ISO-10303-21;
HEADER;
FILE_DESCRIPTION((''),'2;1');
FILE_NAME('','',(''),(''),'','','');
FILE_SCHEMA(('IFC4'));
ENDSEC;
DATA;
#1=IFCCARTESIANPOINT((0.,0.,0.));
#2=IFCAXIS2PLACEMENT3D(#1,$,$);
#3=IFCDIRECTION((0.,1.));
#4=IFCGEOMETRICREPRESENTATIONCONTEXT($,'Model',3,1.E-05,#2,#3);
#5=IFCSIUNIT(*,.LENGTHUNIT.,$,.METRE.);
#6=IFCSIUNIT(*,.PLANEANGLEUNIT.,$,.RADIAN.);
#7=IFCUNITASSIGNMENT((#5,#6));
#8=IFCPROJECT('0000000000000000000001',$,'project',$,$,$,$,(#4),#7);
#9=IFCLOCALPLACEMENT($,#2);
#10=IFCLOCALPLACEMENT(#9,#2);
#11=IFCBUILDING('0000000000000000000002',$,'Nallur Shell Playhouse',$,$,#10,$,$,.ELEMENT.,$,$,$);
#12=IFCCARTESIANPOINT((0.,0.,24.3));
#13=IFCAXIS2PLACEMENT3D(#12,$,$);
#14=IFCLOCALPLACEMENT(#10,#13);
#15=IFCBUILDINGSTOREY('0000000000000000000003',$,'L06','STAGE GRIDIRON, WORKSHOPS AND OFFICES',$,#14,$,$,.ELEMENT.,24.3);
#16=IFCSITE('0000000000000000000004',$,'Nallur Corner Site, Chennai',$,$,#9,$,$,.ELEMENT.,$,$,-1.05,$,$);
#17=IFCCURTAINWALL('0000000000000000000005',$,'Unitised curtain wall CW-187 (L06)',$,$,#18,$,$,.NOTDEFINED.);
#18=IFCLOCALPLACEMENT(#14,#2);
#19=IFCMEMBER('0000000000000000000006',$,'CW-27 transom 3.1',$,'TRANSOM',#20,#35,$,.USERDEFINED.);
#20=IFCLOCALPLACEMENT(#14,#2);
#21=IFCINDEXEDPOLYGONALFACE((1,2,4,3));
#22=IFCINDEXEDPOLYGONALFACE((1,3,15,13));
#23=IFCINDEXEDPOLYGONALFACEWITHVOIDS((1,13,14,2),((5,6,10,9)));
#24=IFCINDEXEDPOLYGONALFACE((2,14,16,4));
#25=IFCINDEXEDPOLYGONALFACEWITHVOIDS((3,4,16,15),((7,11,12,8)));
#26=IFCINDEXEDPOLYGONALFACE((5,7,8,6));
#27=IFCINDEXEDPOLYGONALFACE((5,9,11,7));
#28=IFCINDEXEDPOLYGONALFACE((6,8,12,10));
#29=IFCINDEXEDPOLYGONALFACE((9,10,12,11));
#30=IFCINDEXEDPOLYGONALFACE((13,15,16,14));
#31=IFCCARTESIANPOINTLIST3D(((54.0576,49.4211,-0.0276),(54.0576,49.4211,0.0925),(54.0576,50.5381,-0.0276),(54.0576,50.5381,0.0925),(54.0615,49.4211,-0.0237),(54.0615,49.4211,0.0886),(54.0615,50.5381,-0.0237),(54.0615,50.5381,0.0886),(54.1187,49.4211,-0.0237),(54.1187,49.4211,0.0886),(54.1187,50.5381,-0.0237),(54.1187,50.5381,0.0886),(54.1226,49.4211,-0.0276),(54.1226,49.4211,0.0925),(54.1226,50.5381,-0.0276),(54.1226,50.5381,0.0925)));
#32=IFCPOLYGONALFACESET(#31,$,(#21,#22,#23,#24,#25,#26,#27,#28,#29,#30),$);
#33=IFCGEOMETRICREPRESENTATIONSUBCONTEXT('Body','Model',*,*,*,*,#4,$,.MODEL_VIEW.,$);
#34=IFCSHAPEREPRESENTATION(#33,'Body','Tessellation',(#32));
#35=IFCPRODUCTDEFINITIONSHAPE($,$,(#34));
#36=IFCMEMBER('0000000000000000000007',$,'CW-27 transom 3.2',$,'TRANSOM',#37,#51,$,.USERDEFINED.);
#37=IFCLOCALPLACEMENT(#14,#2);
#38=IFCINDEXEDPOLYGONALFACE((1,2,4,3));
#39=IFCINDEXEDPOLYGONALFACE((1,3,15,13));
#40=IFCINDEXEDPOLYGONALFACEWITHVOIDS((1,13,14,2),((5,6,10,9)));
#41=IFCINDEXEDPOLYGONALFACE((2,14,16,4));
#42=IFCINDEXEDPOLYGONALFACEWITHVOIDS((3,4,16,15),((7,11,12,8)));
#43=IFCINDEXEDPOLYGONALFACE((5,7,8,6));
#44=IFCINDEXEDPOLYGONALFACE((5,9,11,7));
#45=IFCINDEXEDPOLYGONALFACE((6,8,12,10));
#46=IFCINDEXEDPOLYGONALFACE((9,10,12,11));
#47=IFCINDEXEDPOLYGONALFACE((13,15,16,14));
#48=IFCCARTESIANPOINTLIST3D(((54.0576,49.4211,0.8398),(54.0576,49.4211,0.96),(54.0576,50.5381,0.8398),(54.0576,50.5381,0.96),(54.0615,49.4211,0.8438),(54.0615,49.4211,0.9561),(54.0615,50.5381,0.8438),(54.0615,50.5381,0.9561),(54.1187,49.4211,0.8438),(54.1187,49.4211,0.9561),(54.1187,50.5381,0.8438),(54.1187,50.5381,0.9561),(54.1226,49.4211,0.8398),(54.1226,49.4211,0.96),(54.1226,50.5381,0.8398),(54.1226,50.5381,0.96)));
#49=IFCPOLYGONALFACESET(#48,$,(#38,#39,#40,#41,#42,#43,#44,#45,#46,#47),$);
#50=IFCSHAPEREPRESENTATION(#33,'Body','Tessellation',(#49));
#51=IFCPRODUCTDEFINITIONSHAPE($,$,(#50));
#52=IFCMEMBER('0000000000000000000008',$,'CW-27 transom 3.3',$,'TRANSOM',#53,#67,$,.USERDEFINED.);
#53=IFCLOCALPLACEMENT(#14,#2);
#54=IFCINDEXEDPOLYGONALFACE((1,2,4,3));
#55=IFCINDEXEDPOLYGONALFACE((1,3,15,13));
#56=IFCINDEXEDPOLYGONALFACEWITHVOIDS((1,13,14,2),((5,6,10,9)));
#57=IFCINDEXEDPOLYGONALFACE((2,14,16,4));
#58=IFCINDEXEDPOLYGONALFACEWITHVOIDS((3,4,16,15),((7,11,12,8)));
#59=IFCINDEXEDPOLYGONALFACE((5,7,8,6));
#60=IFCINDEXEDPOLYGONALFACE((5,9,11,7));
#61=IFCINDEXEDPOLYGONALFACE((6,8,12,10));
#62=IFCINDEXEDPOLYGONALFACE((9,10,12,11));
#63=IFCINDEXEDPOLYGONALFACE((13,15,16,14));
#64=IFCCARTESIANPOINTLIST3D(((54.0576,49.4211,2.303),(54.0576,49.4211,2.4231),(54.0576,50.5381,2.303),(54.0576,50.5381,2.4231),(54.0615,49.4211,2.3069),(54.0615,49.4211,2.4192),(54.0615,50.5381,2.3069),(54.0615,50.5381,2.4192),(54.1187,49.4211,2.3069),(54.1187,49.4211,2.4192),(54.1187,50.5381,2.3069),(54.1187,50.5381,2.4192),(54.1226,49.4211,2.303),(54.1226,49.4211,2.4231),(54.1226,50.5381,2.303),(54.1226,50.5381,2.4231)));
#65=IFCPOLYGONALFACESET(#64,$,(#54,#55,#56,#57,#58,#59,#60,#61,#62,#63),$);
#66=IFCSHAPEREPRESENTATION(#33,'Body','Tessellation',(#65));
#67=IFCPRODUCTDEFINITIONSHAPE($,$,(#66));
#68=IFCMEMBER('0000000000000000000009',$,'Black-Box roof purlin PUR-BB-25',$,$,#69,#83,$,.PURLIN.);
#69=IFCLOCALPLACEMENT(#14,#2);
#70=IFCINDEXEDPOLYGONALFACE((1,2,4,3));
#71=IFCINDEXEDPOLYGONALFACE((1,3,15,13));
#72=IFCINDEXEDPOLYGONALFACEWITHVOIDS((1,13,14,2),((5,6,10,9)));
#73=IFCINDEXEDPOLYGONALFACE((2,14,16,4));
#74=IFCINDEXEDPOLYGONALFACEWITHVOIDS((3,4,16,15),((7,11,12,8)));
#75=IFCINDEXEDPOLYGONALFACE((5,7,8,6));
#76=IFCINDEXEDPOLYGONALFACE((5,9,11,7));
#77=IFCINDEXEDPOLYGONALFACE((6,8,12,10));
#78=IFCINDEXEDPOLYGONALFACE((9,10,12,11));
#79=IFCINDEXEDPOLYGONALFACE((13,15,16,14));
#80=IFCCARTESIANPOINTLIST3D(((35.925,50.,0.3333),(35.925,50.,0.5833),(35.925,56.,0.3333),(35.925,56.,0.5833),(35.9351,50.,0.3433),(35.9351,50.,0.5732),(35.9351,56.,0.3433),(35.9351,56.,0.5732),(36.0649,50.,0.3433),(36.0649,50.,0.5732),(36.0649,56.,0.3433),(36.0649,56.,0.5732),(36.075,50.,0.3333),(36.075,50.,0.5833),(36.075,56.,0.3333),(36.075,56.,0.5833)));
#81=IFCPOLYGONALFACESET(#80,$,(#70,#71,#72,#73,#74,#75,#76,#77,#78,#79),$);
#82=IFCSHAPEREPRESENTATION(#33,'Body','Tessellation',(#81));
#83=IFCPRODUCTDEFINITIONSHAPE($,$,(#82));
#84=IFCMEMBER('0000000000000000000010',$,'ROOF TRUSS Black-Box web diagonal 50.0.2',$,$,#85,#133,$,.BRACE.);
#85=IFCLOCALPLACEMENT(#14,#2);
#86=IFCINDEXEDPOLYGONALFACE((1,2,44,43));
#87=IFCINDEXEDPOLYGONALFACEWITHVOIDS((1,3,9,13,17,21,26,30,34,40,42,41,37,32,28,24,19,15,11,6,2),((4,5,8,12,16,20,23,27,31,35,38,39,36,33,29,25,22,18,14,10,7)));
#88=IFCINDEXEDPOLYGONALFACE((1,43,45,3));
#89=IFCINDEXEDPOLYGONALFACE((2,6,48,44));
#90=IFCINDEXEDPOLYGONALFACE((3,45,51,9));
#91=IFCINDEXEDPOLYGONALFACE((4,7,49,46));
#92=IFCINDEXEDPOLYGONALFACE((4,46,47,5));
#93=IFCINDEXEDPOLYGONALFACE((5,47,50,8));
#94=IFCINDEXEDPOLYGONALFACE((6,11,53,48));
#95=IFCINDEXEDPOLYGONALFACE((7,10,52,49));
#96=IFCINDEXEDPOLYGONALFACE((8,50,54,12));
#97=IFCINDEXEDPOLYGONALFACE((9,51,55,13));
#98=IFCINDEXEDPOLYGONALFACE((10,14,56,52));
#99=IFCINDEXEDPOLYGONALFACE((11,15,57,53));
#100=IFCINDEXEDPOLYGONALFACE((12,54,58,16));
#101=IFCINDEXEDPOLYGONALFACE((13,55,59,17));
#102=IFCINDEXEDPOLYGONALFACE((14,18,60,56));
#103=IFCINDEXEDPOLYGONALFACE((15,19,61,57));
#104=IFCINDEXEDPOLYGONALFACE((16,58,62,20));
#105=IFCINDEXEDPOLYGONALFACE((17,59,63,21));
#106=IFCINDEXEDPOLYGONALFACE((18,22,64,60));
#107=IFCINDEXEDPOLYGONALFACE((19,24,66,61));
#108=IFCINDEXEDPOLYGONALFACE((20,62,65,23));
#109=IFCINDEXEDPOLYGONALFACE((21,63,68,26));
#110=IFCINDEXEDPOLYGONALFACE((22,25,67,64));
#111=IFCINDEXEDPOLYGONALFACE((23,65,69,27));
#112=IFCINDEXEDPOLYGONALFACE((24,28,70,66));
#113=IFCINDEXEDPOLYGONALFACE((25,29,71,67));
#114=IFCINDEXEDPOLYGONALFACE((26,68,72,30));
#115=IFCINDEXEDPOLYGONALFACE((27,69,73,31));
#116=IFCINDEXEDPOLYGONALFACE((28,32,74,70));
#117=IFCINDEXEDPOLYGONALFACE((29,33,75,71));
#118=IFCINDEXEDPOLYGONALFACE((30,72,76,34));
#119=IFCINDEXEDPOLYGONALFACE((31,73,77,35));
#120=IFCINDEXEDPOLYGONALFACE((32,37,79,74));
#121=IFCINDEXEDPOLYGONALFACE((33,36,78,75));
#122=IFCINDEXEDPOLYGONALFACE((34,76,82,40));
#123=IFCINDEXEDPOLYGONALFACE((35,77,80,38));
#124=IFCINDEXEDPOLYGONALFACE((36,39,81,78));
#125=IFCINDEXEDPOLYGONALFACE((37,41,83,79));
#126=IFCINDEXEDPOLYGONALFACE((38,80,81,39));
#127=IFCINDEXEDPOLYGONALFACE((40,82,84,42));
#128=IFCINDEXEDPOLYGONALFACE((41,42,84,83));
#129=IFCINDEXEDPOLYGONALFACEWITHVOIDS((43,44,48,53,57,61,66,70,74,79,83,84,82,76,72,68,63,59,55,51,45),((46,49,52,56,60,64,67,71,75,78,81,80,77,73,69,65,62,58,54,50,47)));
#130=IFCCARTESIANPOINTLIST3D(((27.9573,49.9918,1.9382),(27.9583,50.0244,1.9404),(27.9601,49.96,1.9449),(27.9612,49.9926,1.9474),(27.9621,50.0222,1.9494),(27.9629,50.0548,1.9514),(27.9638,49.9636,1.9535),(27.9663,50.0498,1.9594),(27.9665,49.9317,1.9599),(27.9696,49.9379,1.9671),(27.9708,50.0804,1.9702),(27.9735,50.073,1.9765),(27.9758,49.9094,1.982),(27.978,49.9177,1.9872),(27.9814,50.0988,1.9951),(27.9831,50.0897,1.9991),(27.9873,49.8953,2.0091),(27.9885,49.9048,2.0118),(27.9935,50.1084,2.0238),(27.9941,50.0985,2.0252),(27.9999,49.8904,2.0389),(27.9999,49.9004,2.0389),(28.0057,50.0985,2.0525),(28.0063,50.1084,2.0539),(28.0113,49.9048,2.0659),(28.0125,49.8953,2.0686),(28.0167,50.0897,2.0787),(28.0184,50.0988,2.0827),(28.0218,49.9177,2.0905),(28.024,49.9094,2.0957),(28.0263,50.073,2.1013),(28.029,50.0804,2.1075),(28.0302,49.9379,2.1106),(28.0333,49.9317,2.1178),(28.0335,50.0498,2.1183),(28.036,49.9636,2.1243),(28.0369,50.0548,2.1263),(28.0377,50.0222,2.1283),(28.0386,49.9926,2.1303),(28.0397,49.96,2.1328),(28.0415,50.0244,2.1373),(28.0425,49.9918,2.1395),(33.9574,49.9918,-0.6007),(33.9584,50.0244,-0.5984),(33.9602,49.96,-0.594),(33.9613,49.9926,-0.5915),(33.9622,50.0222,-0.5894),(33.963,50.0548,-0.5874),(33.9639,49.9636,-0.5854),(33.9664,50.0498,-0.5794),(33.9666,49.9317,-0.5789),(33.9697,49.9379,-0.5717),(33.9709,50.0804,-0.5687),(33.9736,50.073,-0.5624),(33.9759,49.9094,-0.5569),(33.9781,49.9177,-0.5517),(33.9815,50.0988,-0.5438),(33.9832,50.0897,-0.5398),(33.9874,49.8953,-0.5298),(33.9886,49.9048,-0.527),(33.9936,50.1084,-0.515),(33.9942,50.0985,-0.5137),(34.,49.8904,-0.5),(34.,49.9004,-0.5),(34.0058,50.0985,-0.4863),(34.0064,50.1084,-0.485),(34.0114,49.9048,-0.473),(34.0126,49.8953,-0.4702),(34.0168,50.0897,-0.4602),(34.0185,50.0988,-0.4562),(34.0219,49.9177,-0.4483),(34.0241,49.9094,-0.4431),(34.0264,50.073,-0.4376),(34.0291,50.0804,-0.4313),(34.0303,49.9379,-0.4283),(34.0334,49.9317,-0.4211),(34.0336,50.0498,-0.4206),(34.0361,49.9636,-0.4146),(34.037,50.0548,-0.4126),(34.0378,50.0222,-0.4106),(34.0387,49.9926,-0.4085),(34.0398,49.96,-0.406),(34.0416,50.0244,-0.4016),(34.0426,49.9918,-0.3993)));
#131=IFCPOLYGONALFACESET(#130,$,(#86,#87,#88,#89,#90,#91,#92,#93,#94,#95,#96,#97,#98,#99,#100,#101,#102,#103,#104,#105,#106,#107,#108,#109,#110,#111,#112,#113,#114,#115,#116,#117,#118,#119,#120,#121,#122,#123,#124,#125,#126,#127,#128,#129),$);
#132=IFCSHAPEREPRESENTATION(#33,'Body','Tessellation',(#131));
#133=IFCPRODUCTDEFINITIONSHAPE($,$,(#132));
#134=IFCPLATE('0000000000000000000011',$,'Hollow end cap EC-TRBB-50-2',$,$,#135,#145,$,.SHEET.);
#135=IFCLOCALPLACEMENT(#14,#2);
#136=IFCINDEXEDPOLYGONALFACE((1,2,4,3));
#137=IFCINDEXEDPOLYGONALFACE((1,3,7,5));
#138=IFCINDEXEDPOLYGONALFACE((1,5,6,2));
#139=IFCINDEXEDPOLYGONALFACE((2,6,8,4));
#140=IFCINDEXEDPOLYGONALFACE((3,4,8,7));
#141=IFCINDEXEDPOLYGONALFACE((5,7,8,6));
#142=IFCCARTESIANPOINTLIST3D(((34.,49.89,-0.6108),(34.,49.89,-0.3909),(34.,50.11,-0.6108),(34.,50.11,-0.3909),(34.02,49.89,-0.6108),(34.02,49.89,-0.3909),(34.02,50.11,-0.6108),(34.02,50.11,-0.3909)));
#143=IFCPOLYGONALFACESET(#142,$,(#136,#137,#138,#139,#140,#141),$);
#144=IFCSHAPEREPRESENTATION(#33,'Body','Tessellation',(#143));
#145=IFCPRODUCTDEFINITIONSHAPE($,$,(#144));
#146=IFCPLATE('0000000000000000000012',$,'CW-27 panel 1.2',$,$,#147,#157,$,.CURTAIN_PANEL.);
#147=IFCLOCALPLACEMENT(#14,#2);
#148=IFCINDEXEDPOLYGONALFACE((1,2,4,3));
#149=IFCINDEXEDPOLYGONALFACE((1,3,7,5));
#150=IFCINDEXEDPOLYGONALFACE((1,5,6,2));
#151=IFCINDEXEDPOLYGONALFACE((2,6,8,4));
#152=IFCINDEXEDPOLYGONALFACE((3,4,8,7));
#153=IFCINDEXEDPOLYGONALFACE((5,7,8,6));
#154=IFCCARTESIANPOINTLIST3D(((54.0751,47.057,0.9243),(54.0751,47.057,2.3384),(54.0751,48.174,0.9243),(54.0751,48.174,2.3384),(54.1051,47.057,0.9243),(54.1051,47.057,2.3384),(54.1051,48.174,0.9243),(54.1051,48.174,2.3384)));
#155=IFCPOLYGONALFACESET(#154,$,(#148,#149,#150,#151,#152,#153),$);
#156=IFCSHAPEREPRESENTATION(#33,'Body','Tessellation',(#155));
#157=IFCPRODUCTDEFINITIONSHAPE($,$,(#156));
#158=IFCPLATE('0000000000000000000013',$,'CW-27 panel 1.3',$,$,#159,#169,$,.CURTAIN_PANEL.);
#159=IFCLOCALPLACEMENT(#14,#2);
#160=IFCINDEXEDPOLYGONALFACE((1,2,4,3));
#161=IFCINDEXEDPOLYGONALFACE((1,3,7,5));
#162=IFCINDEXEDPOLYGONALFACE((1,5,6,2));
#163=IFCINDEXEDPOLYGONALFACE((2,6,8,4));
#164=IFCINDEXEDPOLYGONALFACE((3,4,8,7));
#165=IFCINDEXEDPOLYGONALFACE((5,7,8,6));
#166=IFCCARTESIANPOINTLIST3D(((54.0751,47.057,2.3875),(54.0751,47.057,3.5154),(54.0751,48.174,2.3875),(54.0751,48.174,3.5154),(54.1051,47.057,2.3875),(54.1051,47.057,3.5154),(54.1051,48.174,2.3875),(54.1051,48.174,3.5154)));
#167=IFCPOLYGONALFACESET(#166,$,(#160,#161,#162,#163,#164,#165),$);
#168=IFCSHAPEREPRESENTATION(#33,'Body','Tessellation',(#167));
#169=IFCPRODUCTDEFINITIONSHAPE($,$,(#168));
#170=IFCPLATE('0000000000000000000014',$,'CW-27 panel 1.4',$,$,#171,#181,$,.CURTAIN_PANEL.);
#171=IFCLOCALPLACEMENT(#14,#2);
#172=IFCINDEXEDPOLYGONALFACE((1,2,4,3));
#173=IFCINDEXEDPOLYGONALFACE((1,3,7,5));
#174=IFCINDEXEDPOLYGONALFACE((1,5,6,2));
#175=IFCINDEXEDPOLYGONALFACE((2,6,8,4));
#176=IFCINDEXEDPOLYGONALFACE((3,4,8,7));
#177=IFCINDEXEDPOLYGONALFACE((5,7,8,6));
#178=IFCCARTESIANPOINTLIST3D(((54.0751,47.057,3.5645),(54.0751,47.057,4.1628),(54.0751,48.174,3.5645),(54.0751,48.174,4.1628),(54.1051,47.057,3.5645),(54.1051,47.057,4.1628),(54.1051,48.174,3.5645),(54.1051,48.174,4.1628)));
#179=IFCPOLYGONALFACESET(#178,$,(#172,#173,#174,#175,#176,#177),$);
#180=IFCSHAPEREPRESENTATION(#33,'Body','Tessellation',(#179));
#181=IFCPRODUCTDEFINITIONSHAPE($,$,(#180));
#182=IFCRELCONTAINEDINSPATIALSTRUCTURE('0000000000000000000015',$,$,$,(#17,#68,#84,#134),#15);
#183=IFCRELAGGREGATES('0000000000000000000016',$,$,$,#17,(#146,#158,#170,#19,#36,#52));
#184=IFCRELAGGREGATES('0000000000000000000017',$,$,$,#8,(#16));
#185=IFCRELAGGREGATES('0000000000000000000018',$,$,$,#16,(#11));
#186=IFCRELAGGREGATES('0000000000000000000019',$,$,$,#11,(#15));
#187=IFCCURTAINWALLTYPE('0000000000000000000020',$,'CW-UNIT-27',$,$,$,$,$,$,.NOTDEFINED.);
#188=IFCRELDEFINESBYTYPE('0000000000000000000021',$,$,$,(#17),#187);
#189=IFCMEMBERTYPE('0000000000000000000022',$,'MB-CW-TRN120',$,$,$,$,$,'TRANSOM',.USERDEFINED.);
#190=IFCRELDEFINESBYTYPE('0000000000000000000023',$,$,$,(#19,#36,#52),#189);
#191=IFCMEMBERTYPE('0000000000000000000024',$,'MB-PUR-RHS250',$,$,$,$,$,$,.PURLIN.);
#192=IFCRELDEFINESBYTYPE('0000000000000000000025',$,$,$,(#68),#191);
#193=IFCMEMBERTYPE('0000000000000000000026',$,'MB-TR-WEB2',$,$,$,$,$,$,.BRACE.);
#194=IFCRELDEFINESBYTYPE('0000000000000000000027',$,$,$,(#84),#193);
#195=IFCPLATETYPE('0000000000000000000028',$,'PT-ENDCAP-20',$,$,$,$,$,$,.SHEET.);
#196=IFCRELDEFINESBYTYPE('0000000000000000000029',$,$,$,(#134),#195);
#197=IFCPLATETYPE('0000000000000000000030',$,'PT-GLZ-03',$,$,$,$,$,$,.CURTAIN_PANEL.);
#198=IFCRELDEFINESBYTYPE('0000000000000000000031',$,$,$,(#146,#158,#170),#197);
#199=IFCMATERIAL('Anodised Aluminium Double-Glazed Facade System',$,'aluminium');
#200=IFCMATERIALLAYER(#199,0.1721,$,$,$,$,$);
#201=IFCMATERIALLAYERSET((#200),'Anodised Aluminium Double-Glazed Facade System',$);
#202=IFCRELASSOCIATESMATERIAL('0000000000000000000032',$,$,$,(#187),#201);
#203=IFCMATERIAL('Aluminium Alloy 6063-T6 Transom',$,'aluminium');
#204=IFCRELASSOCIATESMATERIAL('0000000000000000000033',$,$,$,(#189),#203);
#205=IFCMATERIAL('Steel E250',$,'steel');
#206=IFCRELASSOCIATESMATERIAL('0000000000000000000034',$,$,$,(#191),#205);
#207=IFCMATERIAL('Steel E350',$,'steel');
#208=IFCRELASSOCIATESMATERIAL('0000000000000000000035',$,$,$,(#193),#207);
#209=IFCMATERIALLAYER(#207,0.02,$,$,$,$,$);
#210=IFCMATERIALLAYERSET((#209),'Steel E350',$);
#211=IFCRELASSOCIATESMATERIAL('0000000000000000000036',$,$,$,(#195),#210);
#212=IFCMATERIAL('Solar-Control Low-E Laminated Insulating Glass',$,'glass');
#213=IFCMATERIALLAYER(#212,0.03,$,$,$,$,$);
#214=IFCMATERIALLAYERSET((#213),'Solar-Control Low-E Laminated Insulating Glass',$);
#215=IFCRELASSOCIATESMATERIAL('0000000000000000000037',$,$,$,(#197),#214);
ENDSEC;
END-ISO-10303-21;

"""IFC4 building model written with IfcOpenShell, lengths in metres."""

from ifc_helpers import new_model, si_unit, direction, frame, origin, origin_2d, place, context, subcontext, project, spatial, rectangle, hollow_rectangle, hollow_circle, extrude, material, layer, layer_set, material_profile, profile_set, type_object, element, aggregate, save


model = new_model("IFC4")

# Units and contexts
model_context = context("Model", 3, precision=1e-05, world=origin(), true_north=direction((0.0, 1.0)))
body_context = subcontext(model_context, "Body", "Model", "MODEL_VIEW")
ifc_project = project(units=[si_unit("LENGTHUNIT", "METRE"), si_unit("PLANEANGLEUNIT", "RADIAN")], contexts=[model_context])

# Site, building, storey
site_placement = place(None, origin())
site = spatial("IfcSite", under=ifc_project, at=site_placement, Name="Nallur Corner Site, Chennai", CompositionType="ELEMENT", RefElevation=-1.05)
building_placement = place(site_placement, origin())
building = spatial("IfcBuilding", under=site, at=building_placement, Name="Nallur Shell Playhouse", CompositionType="ELEMENT")
storey_placement = place(building_placement, frame((0.0, 0.0, 24.3)))
storey = spatial("IfcBuildingStorey", under=building, at=storey_placement, Name="L06", Description="STAGE GRIDIRON, WORKSHOPS AND OFFICES", CompositionType="ELEMENT", Elevation=24.3)

# Shared definitions
ifc_material_1 = material(Name="Steel E350", Category="steel")

# Curtain wall, members
ifc_material_2 = material(Name="Anodised Aluminium Double-Glazed Facade System", Category="aluminium")
ifc_layer_1 = layer(ifc_material_2, 0.1721)
ifc_layer_set_1 = layer_set([ifc_layer_1], Name="Anodised Aluminium Double-Glazed Facade System")
curtain_wall_type = type_object("IfcCurtainWallType", Name="CW-UNIT-27", PredefinedType="NOTDEFINED", material=ifc_layer_set_1)
curtain_wall_placement = place(storey_placement, origin())
curtain_wall = element("IfcCurtainWall", 1, at=curtain_wall_placement, inside=storey, type_object=curtain_wall_type, Name="Unitised curtain wall CW-187 (L06)", PredefinedType="NOTDEFINED")
ifc_material_3 = material(Name="Aluminium Alloy 6063-T6 Transom", Category="aluminium")
ifc_material_profile_1 = material_profile(ifc_material_3, hollow_rectangle(XDim=0.0649, YDim=0.1201, WallThickness=0.0039, at=origin_2d()), Name="ALU 65x120x4")
ifc_profile_set_1 = profile_set([ifc_material_profile_1], Name="Aluminium Alloy 6063-T6 Transom")
member_type_1 = type_object("IfcMemberType", Name="MB-CW-TRN120", ElementType="TRANSOM", PredefinedType="USERDEFINED", material=ifc_profile_set_1)
member_1_placement = place(storey_placement, frame((54.0901, 49.4211, 0.0325), z_axis=(0.0, 1.0, 0.0), x_axis=(-1.0, 0.0, 0.0)))
member_1 = element("IfcMember", 2, at=member_1_placement, type_object=member_type_1, Name="CW-27 transom 3.1", ObjectType="TRANSOM", PredefinedType="USERDEFINED", context=body_context, shape_type="SweptSolid", body=[
    extrude(hollow_rectangle(XDim=0.0649, YDim=0.1201, WallThickness=0.0039, at=origin_2d()), origin(), (0.0, 0.0, 1.0), 1.1169),
])
member_2_placement = place(storey_placement, frame((54.0901, 49.4211, 0.8999), z_axis=(0.0, 1.0, 0.0), x_axis=(-1.0, 0.0, 0.0)))
member_2 = element("IfcMember", 3, at=member_2_placement, type_object=member_type_1, Name="CW-27 transom 3.2", ObjectType="TRANSOM", PredefinedType="USERDEFINED", context=body_context, shape_type="SweptSolid", body=[
    extrude(hollow_rectangle(XDim=0.0649, YDim=0.1201, WallThickness=0.0039, at=origin_2d()), origin(), (0.0, 0.0, 1.0), 1.1169),
])
member_3_placement = place(storey_placement, frame((54.0901, 49.4211, 2.363), z_axis=(0.0, 1.0, 0.0), x_axis=(-1.0, 0.0, 0.0)))
member_3 = element("IfcMember", 4, at=member_3_placement, type_object=member_type_1, Name="CW-27 transom 3.3", ObjectType="TRANSOM", PredefinedType="USERDEFINED", context=body_context, shape_type="SweptSolid", body=[
    extrude(hollow_rectangle(XDim=0.0649, YDim=0.1201, WallThickness=0.0039, at=origin_2d()), origin(), (0.0, 0.0, 1.0), 1.1169),
])

# Members
ifc_material_4 = material(Name="Steel E250", Category="steel")
ifc_material_profile_2 = material_profile(ifc_material_4, hollow_rectangle(XDim=0.1499, YDim=0.25, WallThickness=0.01, at=origin_2d()), Name="RHS 250x150x10")
ifc_profile_set_2 = profile_set([ifc_material_profile_2], Name="Steel E250")
member_type_2 = type_object("IfcMemberType", Name="MB-PUR-RHS250", PredefinedType="PURLIN", material=ifc_profile_set_2)
member_4_placement = place(storey_placement, frame((36.0, 50.0, 0.4583), z_axis=(0.0, 1.0, 0.0), x_axis=(-1.0, 0.0, 0.0)))
element("IfcMember", 5, at=member_4_placement, inside=storey, type_object=member_type_2, Name="Black-Box roof purlin PUR-BB-25", PredefinedType="PURLIN", context=body_context, shape_type="SweptSolid", body=[
    extrude(hollow_rectangle(XDim=0.1499, YDim=0.25, WallThickness=0.01, at=origin_2d()), origin(), (0.0, 0.0, 1.0), 6.0),
])
ifc_material_profile_3 = material_profile(ifc_material_1, hollow_circle(Radius=0.1096, WallThickness=0.01, at=origin_2d()), Name="CHS 219.1x10")
ifc_profile_set_3 = profile_set([ifc_material_profile_3], Name="Steel E350")
member_type_3 = type_object("IfcMemberType", Name="MB-TR-WEB2", PredefinedType="BRACE", material=ifc_profile_set_3)
member_5_placement = place(storey_placement, frame((34.0, 50.0, -0.5), z_axis=(-0.920948, 0.0, 0.389686), x_axis=(0.0, -1.0, 0.0)))
element("IfcMember", 6, at=member_5_placement, inside=storey, type_object=member_type_3, Name="ROOF TRUSS Black-Box web diagonal 50.0.2", PredefinedType="BRACE", context=body_context, shape_type="SweptSolid", body=[
    extrude(hollow_circle(Radius=0.1096, WallThickness=0.01, at=origin_2d()), origin(), (0.0, 0.0, 1.0), 6.5151),
])

# Plates
ifc_layer_2 = layer(ifc_material_1, 0.02)
ifc_layer_set_2 = layer_set([ifc_layer_2], Name="Steel E350")
plate_type_1 = type_object("IfcPlateType", Name="PT-ENDCAP-20", PredefinedType="SHEET", material=ifc_layer_set_2)
plate_1_placement = place(storey_placement, frame((34.01, 50.0, -0.6108), z_axis=(0.0, 0.0, 1.0), x_axis=(1.0, 0.0, 0.0)))
element("IfcPlate", 7, at=plate_1_placement, inside=storey, type_object=plate_type_1, Name="Hollow end cap EC-TRBB-50-2", PredefinedType="SHEET", context=body_context, shape_type="SweptSolid", body=[
    extrude(rectangle(XDim=0.02, YDim=0.22, at=origin_2d()), origin(), (0.0, 0.0, 1.0), 0.22),
])
ifc_material_5 = material(Name="Solar-Control Low-E Laminated Insulating Glass", Category="glass")
ifc_layer_3 = layer(ifc_material_5, 0.03)
ifc_layer_set_3 = layer_set([ifc_layer_3], Name="Solar-Control Low-E Laminated Insulating Glass")
plate_type_2 = type_object("IfcPlateType", Name="PT-GLZ-03", PredefinedType="CURTAIN_PANEL", material=ifc_layer_set_3)
plate_2_placement = place(storey_placement, frame((54.0901, 47.6155, 0.9243), z_axis=(0.0, 0.0, 1.0), x_axis=(0.0, 1.0, 0.0)))
plate_2 = element("IfcPlate", 8, at=plate_2_placement, type_object=plate_type_2, Name="CW-27 panel 1.2", PredefinedType="CURTAIN_PANEL", context=body_context, shape_type="SweptSolid", body=[
    extrude(rectangle(XDim=1.1169, YDim=0.03, at=origin_2d()), origin(), (0.0, 0.0, 1.0), 1.4141),
])
plate_3_placement = place(storey_placement, frame((54.0901, 47.6155, 2.3875), z_axis=(0.0, 0.0, 1.0), x_axis=(0.0, 1.0, 0.0)))
plate_3 = element("IfcPlate", 9, at=plate_3_placement, type_object=plate_type_2, Name="CW-27 panel 1.3", PredefinedType="CURTAIN_PANEL", context=body_context, shape_type="SweptSolid", body=[
    extrude(rectangle(XDim=1.1169, YDim=0.03, at=origin_2d()), origin(), (0.0, 0.0, 1.0), 1.1279),
])
plate_4_placement = place(storey_placement, frame((54.0901, 47.6155, 3.5645), z_axis=(0.0, 0.0, 1.0), x_axis=(0.0, 1.0, 0.0)))
plate_4 = element("IfcPlate", 10, at=plate_4_placement, type_object=plate_type_2, Name="CW-27 panel 1.4", PredefinedType="CURTAIN_PANEL", context=body_context, shape_type="SweptSolid", body=[
    extrude(rectangle(XDim=1.1169, YDim=0.03, at=origin_2d()), origin(), (0.0, 0.0, 1.0), 0.5984),
])
aggregate(curtain_wall, [plate_2, plate_3, plate_4, member_1, member_2, member_3])

save(model, "model.ifc")
